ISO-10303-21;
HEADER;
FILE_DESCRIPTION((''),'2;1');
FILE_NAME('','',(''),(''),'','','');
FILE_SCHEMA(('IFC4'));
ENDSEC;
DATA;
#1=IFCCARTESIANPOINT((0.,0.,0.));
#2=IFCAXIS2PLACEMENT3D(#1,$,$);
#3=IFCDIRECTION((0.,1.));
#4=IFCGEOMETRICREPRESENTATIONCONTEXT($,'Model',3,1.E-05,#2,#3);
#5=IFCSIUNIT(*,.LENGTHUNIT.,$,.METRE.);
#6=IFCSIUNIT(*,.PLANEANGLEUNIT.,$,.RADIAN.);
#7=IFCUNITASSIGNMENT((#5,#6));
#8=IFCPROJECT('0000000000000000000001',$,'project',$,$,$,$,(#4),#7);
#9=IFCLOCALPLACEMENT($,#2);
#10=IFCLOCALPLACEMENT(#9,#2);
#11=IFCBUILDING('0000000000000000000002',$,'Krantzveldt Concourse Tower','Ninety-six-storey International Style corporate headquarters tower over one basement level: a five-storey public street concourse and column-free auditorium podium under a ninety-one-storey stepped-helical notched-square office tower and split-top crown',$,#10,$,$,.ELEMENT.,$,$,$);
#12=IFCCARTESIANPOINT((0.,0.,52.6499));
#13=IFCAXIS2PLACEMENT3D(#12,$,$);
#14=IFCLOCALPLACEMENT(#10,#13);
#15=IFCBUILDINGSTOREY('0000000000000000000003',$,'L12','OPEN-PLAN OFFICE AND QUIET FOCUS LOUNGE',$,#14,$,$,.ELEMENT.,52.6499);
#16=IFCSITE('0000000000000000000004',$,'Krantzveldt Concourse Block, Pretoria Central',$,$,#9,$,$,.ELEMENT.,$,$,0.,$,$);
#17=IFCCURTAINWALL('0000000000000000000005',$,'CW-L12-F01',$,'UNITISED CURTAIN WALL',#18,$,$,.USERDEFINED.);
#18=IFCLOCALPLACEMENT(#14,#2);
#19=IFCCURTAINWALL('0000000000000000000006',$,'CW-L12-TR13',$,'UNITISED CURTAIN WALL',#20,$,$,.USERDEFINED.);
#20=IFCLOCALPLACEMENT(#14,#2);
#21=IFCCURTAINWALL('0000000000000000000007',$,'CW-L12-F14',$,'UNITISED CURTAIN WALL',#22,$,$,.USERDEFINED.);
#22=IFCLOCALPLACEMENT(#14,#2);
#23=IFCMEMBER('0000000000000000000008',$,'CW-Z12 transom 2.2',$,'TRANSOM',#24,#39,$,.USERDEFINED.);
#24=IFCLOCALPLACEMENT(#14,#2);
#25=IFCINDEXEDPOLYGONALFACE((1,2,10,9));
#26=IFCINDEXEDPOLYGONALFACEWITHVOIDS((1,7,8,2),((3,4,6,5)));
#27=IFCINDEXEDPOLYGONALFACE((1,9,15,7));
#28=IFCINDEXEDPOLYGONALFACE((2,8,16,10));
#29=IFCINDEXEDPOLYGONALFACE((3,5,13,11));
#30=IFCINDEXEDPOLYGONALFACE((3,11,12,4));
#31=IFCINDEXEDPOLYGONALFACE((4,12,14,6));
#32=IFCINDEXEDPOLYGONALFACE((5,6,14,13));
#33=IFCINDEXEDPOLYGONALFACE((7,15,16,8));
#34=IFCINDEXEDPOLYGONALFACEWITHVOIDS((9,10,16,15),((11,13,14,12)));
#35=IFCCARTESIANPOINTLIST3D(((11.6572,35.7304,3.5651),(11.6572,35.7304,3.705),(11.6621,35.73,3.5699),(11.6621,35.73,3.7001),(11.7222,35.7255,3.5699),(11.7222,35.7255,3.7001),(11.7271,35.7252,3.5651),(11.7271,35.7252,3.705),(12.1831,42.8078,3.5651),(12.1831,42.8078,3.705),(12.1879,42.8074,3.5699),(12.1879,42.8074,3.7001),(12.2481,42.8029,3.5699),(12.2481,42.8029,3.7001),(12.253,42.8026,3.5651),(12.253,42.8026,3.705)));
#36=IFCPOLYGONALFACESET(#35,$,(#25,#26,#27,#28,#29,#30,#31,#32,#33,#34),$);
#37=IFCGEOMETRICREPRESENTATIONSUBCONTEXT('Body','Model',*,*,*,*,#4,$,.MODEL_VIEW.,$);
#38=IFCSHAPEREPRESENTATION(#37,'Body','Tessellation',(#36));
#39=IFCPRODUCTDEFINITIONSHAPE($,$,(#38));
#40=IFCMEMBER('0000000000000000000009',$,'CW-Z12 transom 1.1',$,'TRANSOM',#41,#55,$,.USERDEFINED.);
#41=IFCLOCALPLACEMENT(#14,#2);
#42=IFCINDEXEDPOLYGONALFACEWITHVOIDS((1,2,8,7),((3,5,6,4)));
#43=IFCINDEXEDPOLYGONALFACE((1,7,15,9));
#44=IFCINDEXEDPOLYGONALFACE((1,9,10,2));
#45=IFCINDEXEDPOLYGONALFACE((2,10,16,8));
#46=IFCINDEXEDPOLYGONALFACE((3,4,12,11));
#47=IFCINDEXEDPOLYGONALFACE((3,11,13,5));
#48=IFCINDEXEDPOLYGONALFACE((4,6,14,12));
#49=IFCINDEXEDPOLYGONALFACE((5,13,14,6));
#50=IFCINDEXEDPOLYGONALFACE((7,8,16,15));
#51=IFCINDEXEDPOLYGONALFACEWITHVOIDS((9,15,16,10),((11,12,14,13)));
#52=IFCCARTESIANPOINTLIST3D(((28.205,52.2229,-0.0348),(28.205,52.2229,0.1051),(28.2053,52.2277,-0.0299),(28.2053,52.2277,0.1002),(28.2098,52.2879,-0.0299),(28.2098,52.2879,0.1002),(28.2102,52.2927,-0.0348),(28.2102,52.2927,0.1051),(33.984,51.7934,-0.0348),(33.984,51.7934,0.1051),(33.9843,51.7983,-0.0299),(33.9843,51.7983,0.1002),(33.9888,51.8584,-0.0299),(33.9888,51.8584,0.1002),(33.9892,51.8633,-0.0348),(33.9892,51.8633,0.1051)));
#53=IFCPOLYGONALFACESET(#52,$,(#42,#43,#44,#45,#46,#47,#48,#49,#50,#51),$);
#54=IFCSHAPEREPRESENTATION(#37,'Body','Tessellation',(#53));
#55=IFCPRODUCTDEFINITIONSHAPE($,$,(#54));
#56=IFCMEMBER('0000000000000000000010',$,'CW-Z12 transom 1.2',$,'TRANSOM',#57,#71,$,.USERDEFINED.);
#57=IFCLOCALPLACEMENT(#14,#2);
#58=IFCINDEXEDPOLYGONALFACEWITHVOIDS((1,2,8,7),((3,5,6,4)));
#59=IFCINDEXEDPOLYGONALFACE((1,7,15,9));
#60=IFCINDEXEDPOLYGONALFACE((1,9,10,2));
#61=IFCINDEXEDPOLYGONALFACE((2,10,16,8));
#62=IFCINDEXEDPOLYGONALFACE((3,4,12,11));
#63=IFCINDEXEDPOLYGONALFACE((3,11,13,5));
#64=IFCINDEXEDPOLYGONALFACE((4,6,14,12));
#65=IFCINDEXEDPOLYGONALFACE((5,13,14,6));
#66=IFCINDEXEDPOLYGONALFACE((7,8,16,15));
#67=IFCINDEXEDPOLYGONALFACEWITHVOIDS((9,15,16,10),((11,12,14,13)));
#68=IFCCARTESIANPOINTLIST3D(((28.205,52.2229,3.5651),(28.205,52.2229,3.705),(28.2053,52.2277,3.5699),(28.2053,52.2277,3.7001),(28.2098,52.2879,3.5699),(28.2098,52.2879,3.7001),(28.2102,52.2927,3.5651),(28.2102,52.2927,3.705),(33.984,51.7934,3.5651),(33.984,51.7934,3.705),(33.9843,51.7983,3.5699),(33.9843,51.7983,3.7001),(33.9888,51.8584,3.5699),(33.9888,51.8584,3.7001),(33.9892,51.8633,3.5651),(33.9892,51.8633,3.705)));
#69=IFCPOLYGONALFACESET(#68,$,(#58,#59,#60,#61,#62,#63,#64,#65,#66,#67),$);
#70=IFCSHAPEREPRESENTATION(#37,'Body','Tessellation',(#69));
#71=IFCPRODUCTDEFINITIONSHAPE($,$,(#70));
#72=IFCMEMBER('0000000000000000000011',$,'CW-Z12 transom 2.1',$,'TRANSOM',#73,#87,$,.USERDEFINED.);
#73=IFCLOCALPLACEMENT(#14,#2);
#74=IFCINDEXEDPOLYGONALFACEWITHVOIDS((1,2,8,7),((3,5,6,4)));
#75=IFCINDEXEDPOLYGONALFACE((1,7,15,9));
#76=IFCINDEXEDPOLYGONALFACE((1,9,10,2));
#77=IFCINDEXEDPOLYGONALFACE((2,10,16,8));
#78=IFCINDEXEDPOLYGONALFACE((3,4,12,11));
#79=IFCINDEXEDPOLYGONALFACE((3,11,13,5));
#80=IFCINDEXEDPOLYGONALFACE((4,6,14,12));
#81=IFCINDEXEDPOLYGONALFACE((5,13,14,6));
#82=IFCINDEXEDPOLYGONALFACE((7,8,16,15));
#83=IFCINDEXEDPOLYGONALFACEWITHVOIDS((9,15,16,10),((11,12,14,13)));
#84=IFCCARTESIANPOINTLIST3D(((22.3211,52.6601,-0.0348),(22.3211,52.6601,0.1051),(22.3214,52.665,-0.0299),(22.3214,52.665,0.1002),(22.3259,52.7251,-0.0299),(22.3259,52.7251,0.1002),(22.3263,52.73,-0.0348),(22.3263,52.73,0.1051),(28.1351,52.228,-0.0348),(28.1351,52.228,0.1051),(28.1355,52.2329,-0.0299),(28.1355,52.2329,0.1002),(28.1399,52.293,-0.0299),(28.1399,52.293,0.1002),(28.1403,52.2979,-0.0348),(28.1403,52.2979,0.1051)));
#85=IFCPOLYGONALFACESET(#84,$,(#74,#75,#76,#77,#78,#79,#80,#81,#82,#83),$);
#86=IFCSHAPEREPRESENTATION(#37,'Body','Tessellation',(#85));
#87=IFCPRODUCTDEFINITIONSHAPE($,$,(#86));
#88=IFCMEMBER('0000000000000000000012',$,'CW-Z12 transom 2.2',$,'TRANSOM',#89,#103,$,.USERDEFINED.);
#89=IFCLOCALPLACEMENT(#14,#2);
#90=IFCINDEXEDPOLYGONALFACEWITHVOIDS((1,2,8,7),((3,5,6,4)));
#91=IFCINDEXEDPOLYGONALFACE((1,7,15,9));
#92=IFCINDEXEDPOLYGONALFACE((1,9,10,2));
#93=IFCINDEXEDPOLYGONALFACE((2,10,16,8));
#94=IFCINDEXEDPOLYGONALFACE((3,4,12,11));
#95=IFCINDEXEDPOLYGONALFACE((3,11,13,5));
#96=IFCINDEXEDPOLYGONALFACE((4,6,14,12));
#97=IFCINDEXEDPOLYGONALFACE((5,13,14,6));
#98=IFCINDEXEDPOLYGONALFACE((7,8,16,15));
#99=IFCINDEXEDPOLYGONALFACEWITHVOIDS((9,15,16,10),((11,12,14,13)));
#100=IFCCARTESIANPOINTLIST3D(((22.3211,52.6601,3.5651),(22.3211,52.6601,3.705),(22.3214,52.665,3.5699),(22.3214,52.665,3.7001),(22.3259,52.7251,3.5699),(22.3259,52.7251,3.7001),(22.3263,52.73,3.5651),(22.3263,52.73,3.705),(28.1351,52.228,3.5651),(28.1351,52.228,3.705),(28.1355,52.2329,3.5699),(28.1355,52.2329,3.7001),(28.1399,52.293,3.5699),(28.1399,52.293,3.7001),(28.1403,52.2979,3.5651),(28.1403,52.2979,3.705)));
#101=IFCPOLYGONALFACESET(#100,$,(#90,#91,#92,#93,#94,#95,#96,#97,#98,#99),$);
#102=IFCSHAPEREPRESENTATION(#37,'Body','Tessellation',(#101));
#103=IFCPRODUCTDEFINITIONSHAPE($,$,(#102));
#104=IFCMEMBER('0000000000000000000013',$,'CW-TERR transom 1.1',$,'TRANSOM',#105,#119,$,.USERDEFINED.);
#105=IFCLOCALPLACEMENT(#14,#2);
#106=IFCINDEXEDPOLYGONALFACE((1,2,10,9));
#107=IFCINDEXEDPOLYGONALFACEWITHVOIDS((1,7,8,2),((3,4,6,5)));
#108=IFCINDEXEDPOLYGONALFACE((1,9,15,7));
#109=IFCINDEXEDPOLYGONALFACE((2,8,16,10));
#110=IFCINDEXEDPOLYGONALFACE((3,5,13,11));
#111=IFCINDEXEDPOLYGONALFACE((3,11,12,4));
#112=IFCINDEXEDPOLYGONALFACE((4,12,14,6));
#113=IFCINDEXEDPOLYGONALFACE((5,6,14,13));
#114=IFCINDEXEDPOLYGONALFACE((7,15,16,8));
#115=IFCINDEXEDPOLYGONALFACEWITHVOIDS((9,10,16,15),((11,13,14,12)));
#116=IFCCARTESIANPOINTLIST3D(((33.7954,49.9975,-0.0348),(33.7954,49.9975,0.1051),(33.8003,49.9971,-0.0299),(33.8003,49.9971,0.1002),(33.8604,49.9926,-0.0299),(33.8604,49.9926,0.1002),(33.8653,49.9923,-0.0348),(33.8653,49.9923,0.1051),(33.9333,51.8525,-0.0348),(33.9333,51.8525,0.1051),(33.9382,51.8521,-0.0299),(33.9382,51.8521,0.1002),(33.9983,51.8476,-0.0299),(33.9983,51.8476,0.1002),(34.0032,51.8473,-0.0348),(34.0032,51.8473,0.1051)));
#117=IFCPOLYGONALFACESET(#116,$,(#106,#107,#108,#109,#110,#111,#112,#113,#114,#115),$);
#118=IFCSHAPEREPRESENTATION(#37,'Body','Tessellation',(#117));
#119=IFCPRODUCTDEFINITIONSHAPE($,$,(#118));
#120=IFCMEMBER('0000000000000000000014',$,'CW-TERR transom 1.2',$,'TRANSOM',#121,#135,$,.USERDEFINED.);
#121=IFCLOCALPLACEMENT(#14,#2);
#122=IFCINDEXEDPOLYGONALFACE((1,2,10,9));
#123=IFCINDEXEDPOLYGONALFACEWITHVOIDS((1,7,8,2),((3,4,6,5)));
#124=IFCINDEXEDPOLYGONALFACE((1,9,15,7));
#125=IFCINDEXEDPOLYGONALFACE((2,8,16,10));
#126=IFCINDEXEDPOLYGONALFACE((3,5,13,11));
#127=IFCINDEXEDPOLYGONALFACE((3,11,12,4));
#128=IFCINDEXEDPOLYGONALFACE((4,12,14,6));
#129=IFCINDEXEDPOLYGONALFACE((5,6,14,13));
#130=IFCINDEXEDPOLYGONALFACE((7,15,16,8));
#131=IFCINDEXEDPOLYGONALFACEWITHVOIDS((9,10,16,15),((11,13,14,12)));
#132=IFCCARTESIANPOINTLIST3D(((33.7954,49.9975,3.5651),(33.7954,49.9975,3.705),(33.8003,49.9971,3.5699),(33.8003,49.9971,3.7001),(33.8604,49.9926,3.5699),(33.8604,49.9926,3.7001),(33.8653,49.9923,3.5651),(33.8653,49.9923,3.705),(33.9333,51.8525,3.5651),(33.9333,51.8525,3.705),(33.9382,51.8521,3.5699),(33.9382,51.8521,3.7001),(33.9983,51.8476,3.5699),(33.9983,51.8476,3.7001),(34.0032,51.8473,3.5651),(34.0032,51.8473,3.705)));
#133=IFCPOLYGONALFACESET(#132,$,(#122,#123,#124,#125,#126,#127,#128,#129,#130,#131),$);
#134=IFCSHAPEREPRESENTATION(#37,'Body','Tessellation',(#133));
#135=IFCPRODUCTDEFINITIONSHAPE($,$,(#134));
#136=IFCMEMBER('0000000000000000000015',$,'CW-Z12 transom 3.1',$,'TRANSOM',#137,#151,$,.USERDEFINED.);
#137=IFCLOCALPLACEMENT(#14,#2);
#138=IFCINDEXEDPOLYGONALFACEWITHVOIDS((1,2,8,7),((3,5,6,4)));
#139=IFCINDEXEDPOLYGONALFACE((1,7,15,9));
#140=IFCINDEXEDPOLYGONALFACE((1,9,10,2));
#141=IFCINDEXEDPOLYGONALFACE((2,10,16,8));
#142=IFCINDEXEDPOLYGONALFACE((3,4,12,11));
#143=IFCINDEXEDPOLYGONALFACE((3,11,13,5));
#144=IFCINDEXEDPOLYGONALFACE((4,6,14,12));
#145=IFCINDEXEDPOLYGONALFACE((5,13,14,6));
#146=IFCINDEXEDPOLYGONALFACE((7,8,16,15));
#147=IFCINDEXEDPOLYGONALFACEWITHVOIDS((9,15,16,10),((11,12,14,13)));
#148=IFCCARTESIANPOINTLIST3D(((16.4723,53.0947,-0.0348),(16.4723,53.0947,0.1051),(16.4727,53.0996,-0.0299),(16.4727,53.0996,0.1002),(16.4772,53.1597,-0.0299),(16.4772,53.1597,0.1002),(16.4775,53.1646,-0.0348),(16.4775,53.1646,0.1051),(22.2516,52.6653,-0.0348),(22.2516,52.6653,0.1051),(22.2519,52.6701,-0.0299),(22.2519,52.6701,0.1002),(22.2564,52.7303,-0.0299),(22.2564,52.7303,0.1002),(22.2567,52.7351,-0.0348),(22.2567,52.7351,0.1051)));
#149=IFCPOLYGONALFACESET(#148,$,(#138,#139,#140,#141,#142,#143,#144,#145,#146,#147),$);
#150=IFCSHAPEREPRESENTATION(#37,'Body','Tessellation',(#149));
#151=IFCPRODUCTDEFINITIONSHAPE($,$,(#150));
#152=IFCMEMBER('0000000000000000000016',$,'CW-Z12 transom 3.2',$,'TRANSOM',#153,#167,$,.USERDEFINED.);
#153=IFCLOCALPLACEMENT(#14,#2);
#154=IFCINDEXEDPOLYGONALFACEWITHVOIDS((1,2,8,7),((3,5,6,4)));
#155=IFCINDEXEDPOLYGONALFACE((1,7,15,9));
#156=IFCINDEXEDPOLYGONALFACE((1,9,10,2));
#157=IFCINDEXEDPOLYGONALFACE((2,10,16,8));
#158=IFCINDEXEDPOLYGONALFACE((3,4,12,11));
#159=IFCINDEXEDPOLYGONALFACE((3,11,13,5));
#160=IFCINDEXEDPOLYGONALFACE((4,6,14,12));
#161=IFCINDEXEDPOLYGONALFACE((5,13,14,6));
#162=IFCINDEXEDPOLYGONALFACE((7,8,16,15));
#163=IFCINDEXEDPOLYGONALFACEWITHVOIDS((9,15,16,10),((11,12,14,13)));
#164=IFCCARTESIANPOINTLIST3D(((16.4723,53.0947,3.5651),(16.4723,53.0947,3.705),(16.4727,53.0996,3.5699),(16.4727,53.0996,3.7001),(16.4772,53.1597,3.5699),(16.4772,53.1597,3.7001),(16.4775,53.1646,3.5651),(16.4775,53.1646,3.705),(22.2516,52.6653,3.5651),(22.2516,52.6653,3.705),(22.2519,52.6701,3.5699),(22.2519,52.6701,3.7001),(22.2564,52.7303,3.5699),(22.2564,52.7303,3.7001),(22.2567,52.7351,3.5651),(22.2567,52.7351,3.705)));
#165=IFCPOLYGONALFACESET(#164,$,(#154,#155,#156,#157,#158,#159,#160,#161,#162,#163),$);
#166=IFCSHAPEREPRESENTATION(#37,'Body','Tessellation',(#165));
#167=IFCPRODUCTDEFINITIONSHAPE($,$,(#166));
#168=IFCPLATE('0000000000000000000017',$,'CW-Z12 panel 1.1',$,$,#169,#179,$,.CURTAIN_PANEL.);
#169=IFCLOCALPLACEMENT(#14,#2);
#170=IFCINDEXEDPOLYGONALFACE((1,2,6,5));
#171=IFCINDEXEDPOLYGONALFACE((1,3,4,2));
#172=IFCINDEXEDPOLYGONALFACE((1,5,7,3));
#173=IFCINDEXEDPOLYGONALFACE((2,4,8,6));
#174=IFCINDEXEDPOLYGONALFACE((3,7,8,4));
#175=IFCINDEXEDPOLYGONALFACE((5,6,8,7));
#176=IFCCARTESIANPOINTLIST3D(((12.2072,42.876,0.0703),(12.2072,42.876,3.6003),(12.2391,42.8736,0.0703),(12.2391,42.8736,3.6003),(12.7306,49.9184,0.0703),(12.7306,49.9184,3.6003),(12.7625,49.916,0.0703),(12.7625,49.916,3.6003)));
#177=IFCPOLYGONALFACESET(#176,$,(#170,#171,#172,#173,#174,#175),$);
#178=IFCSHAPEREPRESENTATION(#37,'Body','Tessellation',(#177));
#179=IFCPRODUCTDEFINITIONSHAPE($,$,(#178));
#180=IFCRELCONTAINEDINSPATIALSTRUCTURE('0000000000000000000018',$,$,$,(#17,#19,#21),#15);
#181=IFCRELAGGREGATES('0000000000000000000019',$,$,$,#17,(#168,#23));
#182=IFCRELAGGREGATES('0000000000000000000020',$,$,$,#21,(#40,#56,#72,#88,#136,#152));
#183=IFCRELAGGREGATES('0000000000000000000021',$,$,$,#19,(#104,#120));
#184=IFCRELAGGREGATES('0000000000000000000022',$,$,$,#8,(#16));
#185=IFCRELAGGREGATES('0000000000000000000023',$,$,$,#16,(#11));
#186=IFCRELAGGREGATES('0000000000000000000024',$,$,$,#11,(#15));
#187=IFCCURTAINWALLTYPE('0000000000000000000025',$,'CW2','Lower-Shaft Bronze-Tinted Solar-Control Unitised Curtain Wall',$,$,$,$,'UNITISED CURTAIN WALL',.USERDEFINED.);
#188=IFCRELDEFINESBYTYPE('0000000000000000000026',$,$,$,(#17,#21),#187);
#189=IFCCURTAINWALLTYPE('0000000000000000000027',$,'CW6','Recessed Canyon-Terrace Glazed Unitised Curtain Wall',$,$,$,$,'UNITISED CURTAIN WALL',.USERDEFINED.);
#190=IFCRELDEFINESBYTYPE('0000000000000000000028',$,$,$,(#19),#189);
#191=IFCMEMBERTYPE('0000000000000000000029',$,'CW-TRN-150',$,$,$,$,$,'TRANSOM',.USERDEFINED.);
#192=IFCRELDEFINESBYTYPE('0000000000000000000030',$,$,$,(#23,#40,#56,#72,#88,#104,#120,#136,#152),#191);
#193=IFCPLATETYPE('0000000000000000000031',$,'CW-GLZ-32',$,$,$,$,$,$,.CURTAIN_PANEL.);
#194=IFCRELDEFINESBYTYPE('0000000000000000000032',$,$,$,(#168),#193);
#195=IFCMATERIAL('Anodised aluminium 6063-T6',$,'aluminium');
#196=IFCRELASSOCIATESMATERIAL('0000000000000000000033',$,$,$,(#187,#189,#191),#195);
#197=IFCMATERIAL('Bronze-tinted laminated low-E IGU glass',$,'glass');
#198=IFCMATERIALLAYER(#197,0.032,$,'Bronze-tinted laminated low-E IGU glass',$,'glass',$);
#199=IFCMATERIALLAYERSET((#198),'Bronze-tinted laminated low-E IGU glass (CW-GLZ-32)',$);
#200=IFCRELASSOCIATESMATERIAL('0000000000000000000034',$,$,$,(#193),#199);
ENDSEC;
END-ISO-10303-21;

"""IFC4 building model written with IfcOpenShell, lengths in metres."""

from ifc_helpers import new_model, si_unit, direction, frame, origin, origin_2d, place, context, subcontext, project, spatial, rectangle, hollow_rectangle, extrude, source, transform, mapped, material, layer, layer_set, material_profile, profile_set, type_object, element, aggregate, save


model = new_model("IFC4")

# Units and contexts
model_context = context("Model", 3, precision=1e-05, world=origin(), true_north=direction((0.0, 1.0)))
body_context = subcontext(model_context, "Body", "Model", "MODEL_VIEW")
ifc_project = project(units=[si_unit("LENGTHUNIT", "METRE"), si_unit("PLANEANGLEUNIT", "RADIAN")], contexts=[model_context])

# Site, building, storey
site_placement = place(None, origin())
site = spatial("IfcSite", under=ifc_project, at=site_placement, Name="Krantzveldt Concourse Block, Pretoria Central", CompositionType="ELEMENT", RefElevation=0.0)
building_placement = place(site_placement, origin())
building = spatial("IfcBuilding", under=site, at=building_placement, Name="Krantzveldt Concourse Tower", Description="Ninety-six-storey International Style corporate headquarters tower over one basement level: a five-storey public street concourse and column-free auditorium podium under a ninety-one-storey stepped-helical notched-square office tower and split-top crown", CompositionType="ELEMENT")
storey_placement = place(building_placement, frame((0.0, 0.0, 52.6499)))
storey = spatial("IfcBuildingStorey", under=building, at=storey_placement, Name="L12", Description="OPEN-PLAN OFFICE AND QUIET FOCUS LOUNGE", CompositionType="ELEMENT", Elevation=52.6499)

# Curtain walls
ifc_material_1 = material(Name="Anodised aluminium 6063-T6", Category="aluminium")
curtain_wall_type_1 = type_object("IfcCurtainWallType", Name="CW2", Description="Lower-Shaft Bronze-Tinted Solar-Control Unitised Curtain Wall", ElementType="UNITISED CURTAIN WALL", PredefinedType="USERDEFINED", material=ifc_material_1)
curtain_wall_1_placement = place(storey_placement, origin())
curtain_wall_1 = element("IfcCurtainWall", 1, at=curtain_wall_1_placement, inside=storey, type_object=curtain_wall_type_1, Name="CW-L12-F01", ObjectType="UNITISED CURTAIN WALL", PredefinedType="USERDEFINED")
ifc_material_profile_1 = material_profile(ifc_material_1, hollow_rectangle(XDim=0.0701, YDim=0.1399, WallThickness=0.0049, at=origin_2d()), Name="Anodised aluminium 6063-T6", Category="aluminium")
ifc_profile_set_1 = profile_set([ifc_material_profile_1], Name="Anodised aluminium 6063-T6 - ALU-TRAN 140x70x5")
member_type_1 = type_object("IfcMemberType", Name="CW-TRN-150", ElementType="TRANSOM", PredefinedType="USERDEFINED", material=ifc_profile_set_1)
curtain_wall_type_2 = type_object("IfcCurtainWallType", Name="CW6", Description="Recessed Canyon-Terrace Glazed Unitised Curtain Wall", ElementType="UNITISED CURTAIN WALL", PredefinedType="USERDEFINED", material=ifc_material_1)
curtain_wall_2_placement = place(storey_placement, origin())
curtain_wall_2 = element("IfcCurtainWall", 2, at=curtain_wall_2_placement, inside=storey, type_object=curtain_wall_type_2, Name="CW-L12-TR13", ObjectType="UNITISED CURTAIN WALL", PredefinedType="USERDEFINED")
curtain_wall_3_placement = place(storey_placement, origin())
curtain_wall_3 = element("IfcCurtainWall", 3, at=curtain_wall_3_placement, inside=storey, type_object=curtain_wall_type_1, Name="CW-L12-F14", ObjectType="UNITISED CURTAIN WALL", PredefinedType="USERDEFINED")

# Members
shared_shape_1 = source(origin(), body_context, "Body", "SweptSolid", [
    extrude(hollow_rectangle(XDim=0.0701, YDim=0.1399, WallThickness=0.0049, at=origin_2d()), origin(), (0.0, 0.0, 1.0), 7.0969),
])
member_1_placement = place(storey_placement, frame((12.218, 42.8052, 3.635), z_axis=(-0.0741, -0.997251, 0.0), x_axis=(0.997251, -0.0741, 0.0)))
member_1 = element("IfcMember", 4, at=member_1_placement, type_object=member_type_1, Name="CW-Z12 transom 2.2", ObjectType="TRANSOM", PredefinedType="USERDEFINED", context=body_context, shape_type="MappedRepresentation", body=[
    mapped(shared_shape_1, transform((0.0, 0.0, 0.0), x_axis=(1.0, 0.0, 0.0), y_axis=(0.0, 1.0, 0.0), z_axis=(0.0, 0.0, 1.0), scale=1.0)),
])
shared_shape_2 = source(origin(), body_context, "Body", "SweptSolid", [
    extrude(hollow_rectangle(XDim=0.0701, YDim=0.1399, WallThickness=0.0049, at=origin_2d()), origin(), (0.0, 0.0, 1.0), 5.7949),
])
member_2_placement = place(storey_placement, frame((33.9866, 51.8284, 0.0352), z_axis=(-0.99725, 0.074106, 0.0), x_axis=(-0.074106, -0.99725, 0.0)))
member_2 = element("IfcMember", 5, at=member_2_placement, type_object=member_type_1, Name="CW-Z12 transom 1.1", ObjectType="TRANSOM", PredefinedType="USERDEFINED", context=body_context, shape_type="MappedRepresentation", body=[
    mapped(shared_shape_2, transform((0.0, 0.0, 0.0), x_axis=(1.0, 0.0, 0.0), y_axis=(0.0, 1.0, 0.0), z_axis=(0.0, 0.0, 1.0), scale=1.0)),
])
member_3_placement = place(storey_placement, frame((33.9866, 51.8284, 3.635), z_axis=(-0.99725, 0.074106, 0.0), x_axis=(-0.074106, -0.99725, 0.0)))
member_3 = element("IfcMember", 6, at=member_3_placement, type_object=member_type_1, Name="CW-Z12 transom 1.2", ObjectType="TRANSOM", PredefinedType="USERDEFINED", context=body_context, shape_type="MappedRepresentation", body=[
    mapped(shared_shape_2, transform((0.0, 0.0, 0.0), x_axis=(1.0, 0.0, 0.0), y_axis=(0.0, 1.0, 0.0), z_axis=(0.0, 0.0, 1.0), scale=1.0)),
])
shared_shape_3 = source(origin(), body_context, "Body", "SweptSolid", [
    extrude(hollow_rectangle(XDim=0.0701, YDim=0.1399, WallThickness=0.0049, at=origin_2d()), origin(), (0.0, 0.0, 1.0), 5.8301),
])
member_4_placement = place(storey_placement, frame((28.1377, 52.2629, 0.0352), z_axis=(-0.997249, 0.074122, 0.0), x_axis=(-0.074122, -0.997249, 0.0)))
member_4 = element("IfcMember", 7, at=member_4_placement, type_object=member_type_1, Name="CW-Z12 transom 2.1", ObjectType="TRANSOM", PredefinedType="USERDEFINED", context=body_context, shape_type="MappedRepresentation", body=[
    mapped(shared_shape_3, transform((0.0, 0.0, 0.0), x_axis=(1.0, 0.0, 0.0), y_axis=(0.0, 1.0, 0.0), z_axis=(0.0, 0.0, 1.0), scale=1.0)),
])
member_5_placement = place(storey_placement, frame((28.1377, 52.2629, 3.635), z_axis=(-0.997249, 0.074122, 0.0), x_axis=(-0.074122, -0.997249, 0.0)))
member_5 = element("IfcMember", 8, at=member_5_placement, type_object=member_type_1, Name="CW-Z12 transom 2.2", ObjectType="TRANSOM", PredefinedType="USERDEFINED", context=body_context, shape_type="MappedRepresentation", body=[
    mapped(shared_shape_3, transform((0.0, 0.0, 0.0), x_axis=(1.0, 0.0, 0.0), y_axis=(0.0, 1.0, 0.0), z_axis=(0.0, 0.0, 1.0), scale=1.0)),
])
shared_shape_4 = source(origin(), body_context, "Body", "SweptSolid", [
    extrude(hollow_rectangle(XDim=0.0701, YDim=0.1399, WallThickness=0.0049, at=origin_2d()), origin(), (0.0, 0.0, 1.0), 1.8601),
])
member_6_placement = place(storey_placement, frame((33.8303, 49.9949, 0.0352), z_axis=(0.074157, 0.997247, 0.0), x_axis=(-0.997247, 0.074157, 0.0)))
member_6 = element("IfcMember", 9, at=member_6_placement, type_object=member_type_1, Name="CW-TERR transom 1.1", ObjectType="TRANSOM", PredefinedType="USERDEFINED", context=body_context, shape_type="MappedRepresentation", body=[
    mapped(shared_shape_4, transform((0.0, 0.0, 0.0), x_axis=(1.0, 0.0, 0.0), y_axis=(0.0, 1.0, 0.0), z_axis=(0.0, 0.0, 1.0), scale=1.0)),
])
member_7_placement = place(storey_placement, frame((33.8303, 49.9949, 3.635), z_axis=(0.074157, 0.997247, 0.0), x_axis=(-0.997247, 0.074157, 0.0)))
member_7 = element("IfcMember", 10, at=member_7_placement, type_object=member_type_1, Name="CW-TERR transom 1.2", ObjectType="TRANSOM", PredefinedType="USERDEFINED", context=body_context, shape_type="MappedRepresentation", body=[
    mapped(shared_shape_4, transform((0.0, 0.0, 0.0), x_axis=(1.0, 0.0, 0.0), y_axis=(0.0, 1.0, 0.0), z_axis=(0.0, 0.0, 1.0), scale=1.0)),
])
shared_shape_5 = source(origin(), body_context, "Body", "SweptSolid", [
    extrude(hollow_rectangle(XDim=0.0701, YDim=0.1399, WallThickness=0.0049, at=origin_2d()), origin(), (0.0, 0.0, 1.0), 5.7952),
])
member_8_placement = place(storey_placement, frame((22.2542, 52.7002, 0.0352), z_axis=(-0.997251, 0.074103, 0.0), x_axis=(-0.074103, -0.997251, 0.0)))
member_8 = element("IfcMember", 11, at=member_8_placement, type_object=member_type_1, Name="CW-Z12 transom 3.1", ObjectType="TRANSOM", PredefinedType="USERDEFINED", context=body_context, shape_type="MappedRepresentation", body=[
    mapped(shared_shape_5, transform((0.0, 0.0, 0.0), x_axis=(1.0, 0.0, 0.0), y_axis=(0.0, 1.0, 0.0), z_axis=(0.0, 0.0, 1.0), scale=1.0)),
])
member_9_placement = place(storey_placement, frame((22.2542, 52.7002, 3.635), z_axis=(-0.997251, 0.074103, 0.0), x_axis=(-0.074103, -0.997251, 0.0)))
member_9 = element("IfcMember", 12, at=member_9_placement, type_object=member_type_1, Name="CW-Z12 transom 3.2", ObjectType="TRANSOM", PredefinedType="USERDEFINED", context=body_context, shape_type="MappedRepresentation", body=[
    mapped(shared_shape_5, transform((0.0, 0.0, 0.0), x_axis=(1.0, 0.0, 0.0), y_axis=(0.0, 1.0, 0.0), z_axis=(0.0, 0.0, 1.0), scale=1.0)),
])

# Plate
ifc_material_2 = material(Name="Bronze-tinted laminated low-E IGU glass", Category="glass")
ifc_layer_1 = layer(ifc_material_2, 0.032, Name="Bronze-tinted laminated low-E IGU glass", Category="glass")
ifc_layer_set_1 = layer_set([ifc_layer_1], Name="Bronze-tinted laminated low-E IGU glass (CW-GLZ-32)")
plate_type = type_object("IfcPlateType", Name="CW-GLZ-32", PredefinedType="CURTAIN_PANEL", material=ifc_layer_set_1)
shared_shape_6 = source(origin(), body_context, "Body", "SweptSolid", [
    extrude(rectangle(XDim=7.0618, YDim=0.032, at=origin_2d()), origin(), (0.0, 0.0, 1.0), 3.53),
])
plate_1_placement = place(storey_placement, frame((12.4849, 46.396, 0.0703), z_axis=(0.0, 0.0, 1.0), x_axis=(-0.074109, -0.99725, 0.0)))
plate_1 = element("IfcPlate", 13, at=plate_1_placement, type_object=plate_type, Name="CW-Z12 panel 1.1", PredefinedType="CURTAIN_PANEL", context=body_context, shape_type="MappedRepresentation", body=[
    mapped(shared_shape_6, transform((0.0, 0.0, 0.0), x_axis=(1.0, 0.0, 0.0), y_axis=(0.0, 1.0, 0.0), z_axis=(0.0, 0.0, 1.0), scale=1.0)),
])
aggregate(curtain_wall_1, [plate_1, member_1])
aggregate(curtain_wall_3, [member_2, member_3, member_4, member_5, member_8, member_9])
aggregate(curtain_wall_2, [member_6, member_7])

save(model, "model.ifc")
